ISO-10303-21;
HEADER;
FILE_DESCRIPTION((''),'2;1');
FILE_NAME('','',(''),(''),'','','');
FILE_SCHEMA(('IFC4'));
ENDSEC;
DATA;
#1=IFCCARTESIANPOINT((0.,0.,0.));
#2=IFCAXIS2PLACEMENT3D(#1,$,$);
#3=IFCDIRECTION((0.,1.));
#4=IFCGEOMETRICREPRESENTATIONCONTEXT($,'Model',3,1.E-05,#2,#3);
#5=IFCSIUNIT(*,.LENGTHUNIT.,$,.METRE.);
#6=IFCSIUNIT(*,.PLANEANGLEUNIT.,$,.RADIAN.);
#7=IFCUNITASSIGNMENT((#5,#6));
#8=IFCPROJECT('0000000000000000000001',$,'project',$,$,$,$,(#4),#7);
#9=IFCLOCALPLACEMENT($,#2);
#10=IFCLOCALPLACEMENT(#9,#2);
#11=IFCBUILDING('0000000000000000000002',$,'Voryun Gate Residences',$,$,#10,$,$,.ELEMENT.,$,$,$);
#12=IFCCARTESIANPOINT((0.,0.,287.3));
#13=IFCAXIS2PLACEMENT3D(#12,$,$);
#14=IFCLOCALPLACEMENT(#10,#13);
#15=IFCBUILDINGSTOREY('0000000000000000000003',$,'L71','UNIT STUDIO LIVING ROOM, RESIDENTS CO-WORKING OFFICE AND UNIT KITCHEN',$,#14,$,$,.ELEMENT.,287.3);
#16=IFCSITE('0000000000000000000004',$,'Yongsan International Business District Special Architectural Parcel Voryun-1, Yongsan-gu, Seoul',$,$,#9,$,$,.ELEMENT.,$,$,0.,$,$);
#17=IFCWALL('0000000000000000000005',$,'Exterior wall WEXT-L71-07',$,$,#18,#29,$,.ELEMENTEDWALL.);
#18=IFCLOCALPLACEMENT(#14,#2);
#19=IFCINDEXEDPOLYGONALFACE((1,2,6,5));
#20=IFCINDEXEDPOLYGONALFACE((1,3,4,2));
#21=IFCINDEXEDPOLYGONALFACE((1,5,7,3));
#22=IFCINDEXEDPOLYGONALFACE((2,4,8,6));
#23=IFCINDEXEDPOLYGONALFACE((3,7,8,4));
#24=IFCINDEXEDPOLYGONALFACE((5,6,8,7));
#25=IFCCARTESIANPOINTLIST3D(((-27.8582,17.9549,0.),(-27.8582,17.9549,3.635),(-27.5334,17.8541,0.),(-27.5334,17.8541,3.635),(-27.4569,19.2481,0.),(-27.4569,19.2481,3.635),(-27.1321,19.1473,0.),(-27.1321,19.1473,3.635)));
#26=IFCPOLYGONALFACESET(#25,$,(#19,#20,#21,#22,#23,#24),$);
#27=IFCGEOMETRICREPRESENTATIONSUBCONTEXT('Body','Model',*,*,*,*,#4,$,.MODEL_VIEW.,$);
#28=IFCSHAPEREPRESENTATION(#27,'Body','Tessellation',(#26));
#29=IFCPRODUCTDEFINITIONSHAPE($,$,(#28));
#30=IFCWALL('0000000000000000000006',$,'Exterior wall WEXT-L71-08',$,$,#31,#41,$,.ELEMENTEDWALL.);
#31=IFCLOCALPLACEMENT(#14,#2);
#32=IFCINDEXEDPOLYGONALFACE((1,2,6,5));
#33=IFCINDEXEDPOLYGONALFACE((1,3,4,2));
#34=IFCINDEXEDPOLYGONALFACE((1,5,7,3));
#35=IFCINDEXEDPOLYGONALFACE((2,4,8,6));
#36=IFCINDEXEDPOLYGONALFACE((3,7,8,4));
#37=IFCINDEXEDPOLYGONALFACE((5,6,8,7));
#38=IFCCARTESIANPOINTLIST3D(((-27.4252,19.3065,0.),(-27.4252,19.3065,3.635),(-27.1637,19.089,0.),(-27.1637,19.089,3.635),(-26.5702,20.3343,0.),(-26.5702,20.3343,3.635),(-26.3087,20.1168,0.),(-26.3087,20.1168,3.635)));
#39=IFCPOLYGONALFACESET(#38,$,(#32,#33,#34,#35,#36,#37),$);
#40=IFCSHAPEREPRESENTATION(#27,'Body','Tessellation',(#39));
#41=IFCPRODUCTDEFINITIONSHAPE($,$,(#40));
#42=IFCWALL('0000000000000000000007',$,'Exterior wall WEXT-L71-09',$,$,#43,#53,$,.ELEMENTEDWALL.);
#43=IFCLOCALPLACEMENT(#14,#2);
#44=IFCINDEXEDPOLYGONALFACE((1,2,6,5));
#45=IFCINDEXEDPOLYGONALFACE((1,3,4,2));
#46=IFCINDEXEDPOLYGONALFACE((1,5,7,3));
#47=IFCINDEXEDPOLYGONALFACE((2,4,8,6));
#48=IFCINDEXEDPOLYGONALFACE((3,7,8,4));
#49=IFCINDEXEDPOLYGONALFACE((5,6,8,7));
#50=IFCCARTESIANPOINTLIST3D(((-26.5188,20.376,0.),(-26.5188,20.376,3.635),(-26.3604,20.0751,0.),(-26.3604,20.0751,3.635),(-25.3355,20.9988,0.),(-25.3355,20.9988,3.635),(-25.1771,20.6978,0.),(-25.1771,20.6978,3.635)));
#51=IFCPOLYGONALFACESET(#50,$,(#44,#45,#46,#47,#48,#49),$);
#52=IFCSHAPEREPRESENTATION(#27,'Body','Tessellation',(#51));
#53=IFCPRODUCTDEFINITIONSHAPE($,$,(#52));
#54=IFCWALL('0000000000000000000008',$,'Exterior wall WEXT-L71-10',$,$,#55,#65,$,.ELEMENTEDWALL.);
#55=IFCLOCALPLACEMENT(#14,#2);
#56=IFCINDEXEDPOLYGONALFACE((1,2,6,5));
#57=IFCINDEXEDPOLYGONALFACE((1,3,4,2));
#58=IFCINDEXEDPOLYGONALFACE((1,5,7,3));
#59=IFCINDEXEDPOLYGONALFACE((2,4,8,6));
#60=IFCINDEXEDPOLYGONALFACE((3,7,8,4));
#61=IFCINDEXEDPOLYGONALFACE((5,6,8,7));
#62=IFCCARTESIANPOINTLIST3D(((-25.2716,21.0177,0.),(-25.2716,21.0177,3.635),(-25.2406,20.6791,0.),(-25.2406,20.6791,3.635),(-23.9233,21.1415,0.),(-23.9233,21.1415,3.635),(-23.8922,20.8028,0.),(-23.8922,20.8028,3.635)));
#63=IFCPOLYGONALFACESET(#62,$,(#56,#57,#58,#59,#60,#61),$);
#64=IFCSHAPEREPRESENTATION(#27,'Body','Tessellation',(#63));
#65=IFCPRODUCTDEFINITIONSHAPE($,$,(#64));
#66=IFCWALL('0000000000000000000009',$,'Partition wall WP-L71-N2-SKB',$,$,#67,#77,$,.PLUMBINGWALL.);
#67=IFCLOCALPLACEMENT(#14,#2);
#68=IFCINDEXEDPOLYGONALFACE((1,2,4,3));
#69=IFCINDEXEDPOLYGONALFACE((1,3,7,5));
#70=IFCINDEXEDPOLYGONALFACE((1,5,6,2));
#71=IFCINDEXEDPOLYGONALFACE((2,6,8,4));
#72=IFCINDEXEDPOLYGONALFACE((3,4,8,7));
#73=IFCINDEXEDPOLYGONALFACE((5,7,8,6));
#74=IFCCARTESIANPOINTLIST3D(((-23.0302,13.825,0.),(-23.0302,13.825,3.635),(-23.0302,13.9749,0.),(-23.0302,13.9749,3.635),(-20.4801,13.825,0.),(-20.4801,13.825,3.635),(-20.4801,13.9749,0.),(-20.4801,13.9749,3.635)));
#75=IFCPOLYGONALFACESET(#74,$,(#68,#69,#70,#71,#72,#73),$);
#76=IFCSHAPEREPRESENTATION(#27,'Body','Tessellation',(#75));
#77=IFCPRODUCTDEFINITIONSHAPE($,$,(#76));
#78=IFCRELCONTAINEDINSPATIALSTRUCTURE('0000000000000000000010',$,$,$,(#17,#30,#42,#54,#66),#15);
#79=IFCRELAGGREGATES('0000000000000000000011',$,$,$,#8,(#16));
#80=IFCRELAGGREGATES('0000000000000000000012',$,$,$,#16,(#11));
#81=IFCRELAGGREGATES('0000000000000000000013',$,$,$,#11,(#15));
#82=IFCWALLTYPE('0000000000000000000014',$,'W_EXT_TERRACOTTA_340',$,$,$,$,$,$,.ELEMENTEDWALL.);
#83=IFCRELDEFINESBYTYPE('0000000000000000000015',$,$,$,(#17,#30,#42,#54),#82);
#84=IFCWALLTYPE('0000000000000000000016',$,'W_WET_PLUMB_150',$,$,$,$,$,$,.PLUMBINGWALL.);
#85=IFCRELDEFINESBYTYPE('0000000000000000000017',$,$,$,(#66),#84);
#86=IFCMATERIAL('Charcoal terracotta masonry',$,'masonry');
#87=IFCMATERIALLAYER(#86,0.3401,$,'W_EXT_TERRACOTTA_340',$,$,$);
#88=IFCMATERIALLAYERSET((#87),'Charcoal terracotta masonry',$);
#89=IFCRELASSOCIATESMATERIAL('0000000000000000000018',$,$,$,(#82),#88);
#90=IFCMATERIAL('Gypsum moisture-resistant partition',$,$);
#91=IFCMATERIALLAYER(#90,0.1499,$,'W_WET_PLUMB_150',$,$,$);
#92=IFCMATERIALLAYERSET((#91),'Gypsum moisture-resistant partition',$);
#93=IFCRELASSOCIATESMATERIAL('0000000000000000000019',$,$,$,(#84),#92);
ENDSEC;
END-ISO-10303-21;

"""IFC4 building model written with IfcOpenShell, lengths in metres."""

from ifc_helpers import new_model, si_unit, direction, frame, frame_2d, origin, place, context, subcontext, project, spatial, rectangle, extrude, material, layer, layer_set, type_object, element, save


model = new_model("IFC4")

# Units and contexts
model_context = context("Model", 3, precision=1e-05, world=origin(), true_north=direction((0.0, 1.0)))
body_context = subcontext(model_context, "Body", "Model", "MODEL_VIEW")
ifc_project = project(units=[si_unit("LENGTHUNIT", "METRE"), si_unit("PLANEANGLEUNIT", "RADIAN")], contexts=[model_context])

# Site, building, storey
site_placement = place(None, origin())
site = spatial("IfcSite", under=ifc_project, at=site_placement, Name="Yongsan International Business District Special Architectural Parcel Voryun-1, Yongsan-gu, Seoul", CompositionType="ELEMENT", RefElevation=0.0)
building_placement = place(site_placement, origin())
building = spatial("IfcBuilding", under=site, at=building_placement, Name="Voryun Gate Residences", CompositionType="ELEMENT")
storey_placement = place(building_placement, frame((0.0, 0.0, 287.3)))
storey = spatial("IfcBuildingStorey", under=building, at=storey_placement, Name="L71", Description="UNIT STUDIO LIVING ROOM, RESIDENTS CO-WORKING OFFICE AND UNIT KITCHEN", CompositionType="ELEMENT", Elevation=287.3)

# Walls
ifc_material_1 = material(Name="Charcoal terracotta masonry", Category="masonry")
ifc_layer_1 = layer(ifc_material_1, 0.3401, Name="W_EXT_TERRACOTTA_340")
ifc_layer_set_1 = layer_set([ifc_layer_1], Name="Charcoal terracotta masonry")
wall_type_1 = type_object("IfcWallType", Name="W_EXT_TERRACOTTA_340", PredefinedType="ELEMENTEDWALL", material=ifc_layer_set_1)
wall_1_placement = place(storey_placement, frame((-27.6958, 17.9045, 0.0), z_axis=(0.0, 0.0, 1.0), x_axis=(0.296416, 0.955059, 0.0)))
element("IfcWall", 1, at=wall_1_placement, inside=storey, type_object=wall_type_1, Name="Exterior wall WEXT-L71-07", PredefinedType="ELEMENTEDWALL", context=body_context, shape_type="SweptSolid", body=[
    extrude(rectangle(XDim=1.354, YDim=0.3401, at=frame_2d((0.677, 0.0))), origin(), (0.0, 0.0, 1.0), 3.635),
])
wall_2_placement = place(storey_placement, frame((-27.2944, 19.1978, 0.0), z_axis=(0.0, 0.0, 1.0), x_axis=(0.639502, 0.76879, 0.0)))
element("IfcWall", 2, at=wall_2_placement, inside=storey, type_object=wall_type_1, Name="Exterior wall WEXT-L71-08", PredefinedType="ELEMENTEDWALL", context=body_context, shape_type="SweptSolid", body=[
    extrude(rectangle(XDim=1.3369, YDim=0.3401, at=frame_2d((0.6685, 0.0))), origin(), (0.0, 0.0, 1.0), 3.635),
])
wall_3_placement = place(storey_placement, frame((-26.4395, 20.2256, 0.0), z_axis=(0.0, 0.0, 1.0), x_axis=(0.884922, 0.465739, 0.0)))
element("IfcWall", 3, at=wall_3_placement, inside=storey, type_object=wall_type_1, Name="Exterior wall WEXT-L71-09", PredefinedType="ELEMENTEDWALL", context=body_context, shape_type="SweptSolid", body=[
    extrude(rectangle(XDim=1.3372, YDim=0.3401, at=frame_2d((0.6685, 0.0))), origin(), (0.0, 0.0, 1.0), 3.635),
])
wall_4_placement = place(storey_placement, frame((-25.2561, 20.8484, 0.0), z_axis=(0.0, 0.0, 1.0), x_axis=(0.995813, 0.091414, 0.0)))
element("IfcWall", 4, at=wall_4_placement, inside=storey, type_object=wall_type_1, Name="Exterior wall WEXT-L71-10", PredefinedType="ELEMENTEDWALL", context=body_context, shape_type="SweptSolid", body=[
    extrude(rectangle(XDim=1.354, YDim=0.3401, at=frame_2d((0.677, 0.0))), origin(), (0.0, 0.0, 1.0), 3.635),
])

# Wall
ifc_material_2 = material(Name="Gypsum moisture-resistant partition")
ifc_layer_2 = layer(ifc_material_2, 0.1499, Name="W_WET_PLUMB_150")
ifc_layer_set_2 = layer_set([ifc_layer_2], Name="Gypsum moisture-resistant partition")
wall_type_2 = type_object("IfcWallType", Name="W_WET_PLUMB_150", PredefinedType="PLUMBINGWALL", material=ifc_layer_set_2)
wall_5_placement = place(storey_placement, frame((-23.03, 13.8999, 0.0), z_axis=(0.0, 0.0, 1.0), x_axis=(1.0, 0.0, 0.0)))
element("IfcWall", 5, at=wall_5_placement, inside=storey, type_object=wall_type_2, Name="Partition wall WP-L71-N2-SKB", PredefinedType="PLUMBINGWALL", context=body_context, shape_type="SweptSolid", body=[
    extrude(rectangle(XDim=2.55, YDim=0.1499, at=frame_2d((1.2749, 0.0))), origin(), (0.0, 0.0, 1.0), 3.635),
])

save(model, "model.ifc")
